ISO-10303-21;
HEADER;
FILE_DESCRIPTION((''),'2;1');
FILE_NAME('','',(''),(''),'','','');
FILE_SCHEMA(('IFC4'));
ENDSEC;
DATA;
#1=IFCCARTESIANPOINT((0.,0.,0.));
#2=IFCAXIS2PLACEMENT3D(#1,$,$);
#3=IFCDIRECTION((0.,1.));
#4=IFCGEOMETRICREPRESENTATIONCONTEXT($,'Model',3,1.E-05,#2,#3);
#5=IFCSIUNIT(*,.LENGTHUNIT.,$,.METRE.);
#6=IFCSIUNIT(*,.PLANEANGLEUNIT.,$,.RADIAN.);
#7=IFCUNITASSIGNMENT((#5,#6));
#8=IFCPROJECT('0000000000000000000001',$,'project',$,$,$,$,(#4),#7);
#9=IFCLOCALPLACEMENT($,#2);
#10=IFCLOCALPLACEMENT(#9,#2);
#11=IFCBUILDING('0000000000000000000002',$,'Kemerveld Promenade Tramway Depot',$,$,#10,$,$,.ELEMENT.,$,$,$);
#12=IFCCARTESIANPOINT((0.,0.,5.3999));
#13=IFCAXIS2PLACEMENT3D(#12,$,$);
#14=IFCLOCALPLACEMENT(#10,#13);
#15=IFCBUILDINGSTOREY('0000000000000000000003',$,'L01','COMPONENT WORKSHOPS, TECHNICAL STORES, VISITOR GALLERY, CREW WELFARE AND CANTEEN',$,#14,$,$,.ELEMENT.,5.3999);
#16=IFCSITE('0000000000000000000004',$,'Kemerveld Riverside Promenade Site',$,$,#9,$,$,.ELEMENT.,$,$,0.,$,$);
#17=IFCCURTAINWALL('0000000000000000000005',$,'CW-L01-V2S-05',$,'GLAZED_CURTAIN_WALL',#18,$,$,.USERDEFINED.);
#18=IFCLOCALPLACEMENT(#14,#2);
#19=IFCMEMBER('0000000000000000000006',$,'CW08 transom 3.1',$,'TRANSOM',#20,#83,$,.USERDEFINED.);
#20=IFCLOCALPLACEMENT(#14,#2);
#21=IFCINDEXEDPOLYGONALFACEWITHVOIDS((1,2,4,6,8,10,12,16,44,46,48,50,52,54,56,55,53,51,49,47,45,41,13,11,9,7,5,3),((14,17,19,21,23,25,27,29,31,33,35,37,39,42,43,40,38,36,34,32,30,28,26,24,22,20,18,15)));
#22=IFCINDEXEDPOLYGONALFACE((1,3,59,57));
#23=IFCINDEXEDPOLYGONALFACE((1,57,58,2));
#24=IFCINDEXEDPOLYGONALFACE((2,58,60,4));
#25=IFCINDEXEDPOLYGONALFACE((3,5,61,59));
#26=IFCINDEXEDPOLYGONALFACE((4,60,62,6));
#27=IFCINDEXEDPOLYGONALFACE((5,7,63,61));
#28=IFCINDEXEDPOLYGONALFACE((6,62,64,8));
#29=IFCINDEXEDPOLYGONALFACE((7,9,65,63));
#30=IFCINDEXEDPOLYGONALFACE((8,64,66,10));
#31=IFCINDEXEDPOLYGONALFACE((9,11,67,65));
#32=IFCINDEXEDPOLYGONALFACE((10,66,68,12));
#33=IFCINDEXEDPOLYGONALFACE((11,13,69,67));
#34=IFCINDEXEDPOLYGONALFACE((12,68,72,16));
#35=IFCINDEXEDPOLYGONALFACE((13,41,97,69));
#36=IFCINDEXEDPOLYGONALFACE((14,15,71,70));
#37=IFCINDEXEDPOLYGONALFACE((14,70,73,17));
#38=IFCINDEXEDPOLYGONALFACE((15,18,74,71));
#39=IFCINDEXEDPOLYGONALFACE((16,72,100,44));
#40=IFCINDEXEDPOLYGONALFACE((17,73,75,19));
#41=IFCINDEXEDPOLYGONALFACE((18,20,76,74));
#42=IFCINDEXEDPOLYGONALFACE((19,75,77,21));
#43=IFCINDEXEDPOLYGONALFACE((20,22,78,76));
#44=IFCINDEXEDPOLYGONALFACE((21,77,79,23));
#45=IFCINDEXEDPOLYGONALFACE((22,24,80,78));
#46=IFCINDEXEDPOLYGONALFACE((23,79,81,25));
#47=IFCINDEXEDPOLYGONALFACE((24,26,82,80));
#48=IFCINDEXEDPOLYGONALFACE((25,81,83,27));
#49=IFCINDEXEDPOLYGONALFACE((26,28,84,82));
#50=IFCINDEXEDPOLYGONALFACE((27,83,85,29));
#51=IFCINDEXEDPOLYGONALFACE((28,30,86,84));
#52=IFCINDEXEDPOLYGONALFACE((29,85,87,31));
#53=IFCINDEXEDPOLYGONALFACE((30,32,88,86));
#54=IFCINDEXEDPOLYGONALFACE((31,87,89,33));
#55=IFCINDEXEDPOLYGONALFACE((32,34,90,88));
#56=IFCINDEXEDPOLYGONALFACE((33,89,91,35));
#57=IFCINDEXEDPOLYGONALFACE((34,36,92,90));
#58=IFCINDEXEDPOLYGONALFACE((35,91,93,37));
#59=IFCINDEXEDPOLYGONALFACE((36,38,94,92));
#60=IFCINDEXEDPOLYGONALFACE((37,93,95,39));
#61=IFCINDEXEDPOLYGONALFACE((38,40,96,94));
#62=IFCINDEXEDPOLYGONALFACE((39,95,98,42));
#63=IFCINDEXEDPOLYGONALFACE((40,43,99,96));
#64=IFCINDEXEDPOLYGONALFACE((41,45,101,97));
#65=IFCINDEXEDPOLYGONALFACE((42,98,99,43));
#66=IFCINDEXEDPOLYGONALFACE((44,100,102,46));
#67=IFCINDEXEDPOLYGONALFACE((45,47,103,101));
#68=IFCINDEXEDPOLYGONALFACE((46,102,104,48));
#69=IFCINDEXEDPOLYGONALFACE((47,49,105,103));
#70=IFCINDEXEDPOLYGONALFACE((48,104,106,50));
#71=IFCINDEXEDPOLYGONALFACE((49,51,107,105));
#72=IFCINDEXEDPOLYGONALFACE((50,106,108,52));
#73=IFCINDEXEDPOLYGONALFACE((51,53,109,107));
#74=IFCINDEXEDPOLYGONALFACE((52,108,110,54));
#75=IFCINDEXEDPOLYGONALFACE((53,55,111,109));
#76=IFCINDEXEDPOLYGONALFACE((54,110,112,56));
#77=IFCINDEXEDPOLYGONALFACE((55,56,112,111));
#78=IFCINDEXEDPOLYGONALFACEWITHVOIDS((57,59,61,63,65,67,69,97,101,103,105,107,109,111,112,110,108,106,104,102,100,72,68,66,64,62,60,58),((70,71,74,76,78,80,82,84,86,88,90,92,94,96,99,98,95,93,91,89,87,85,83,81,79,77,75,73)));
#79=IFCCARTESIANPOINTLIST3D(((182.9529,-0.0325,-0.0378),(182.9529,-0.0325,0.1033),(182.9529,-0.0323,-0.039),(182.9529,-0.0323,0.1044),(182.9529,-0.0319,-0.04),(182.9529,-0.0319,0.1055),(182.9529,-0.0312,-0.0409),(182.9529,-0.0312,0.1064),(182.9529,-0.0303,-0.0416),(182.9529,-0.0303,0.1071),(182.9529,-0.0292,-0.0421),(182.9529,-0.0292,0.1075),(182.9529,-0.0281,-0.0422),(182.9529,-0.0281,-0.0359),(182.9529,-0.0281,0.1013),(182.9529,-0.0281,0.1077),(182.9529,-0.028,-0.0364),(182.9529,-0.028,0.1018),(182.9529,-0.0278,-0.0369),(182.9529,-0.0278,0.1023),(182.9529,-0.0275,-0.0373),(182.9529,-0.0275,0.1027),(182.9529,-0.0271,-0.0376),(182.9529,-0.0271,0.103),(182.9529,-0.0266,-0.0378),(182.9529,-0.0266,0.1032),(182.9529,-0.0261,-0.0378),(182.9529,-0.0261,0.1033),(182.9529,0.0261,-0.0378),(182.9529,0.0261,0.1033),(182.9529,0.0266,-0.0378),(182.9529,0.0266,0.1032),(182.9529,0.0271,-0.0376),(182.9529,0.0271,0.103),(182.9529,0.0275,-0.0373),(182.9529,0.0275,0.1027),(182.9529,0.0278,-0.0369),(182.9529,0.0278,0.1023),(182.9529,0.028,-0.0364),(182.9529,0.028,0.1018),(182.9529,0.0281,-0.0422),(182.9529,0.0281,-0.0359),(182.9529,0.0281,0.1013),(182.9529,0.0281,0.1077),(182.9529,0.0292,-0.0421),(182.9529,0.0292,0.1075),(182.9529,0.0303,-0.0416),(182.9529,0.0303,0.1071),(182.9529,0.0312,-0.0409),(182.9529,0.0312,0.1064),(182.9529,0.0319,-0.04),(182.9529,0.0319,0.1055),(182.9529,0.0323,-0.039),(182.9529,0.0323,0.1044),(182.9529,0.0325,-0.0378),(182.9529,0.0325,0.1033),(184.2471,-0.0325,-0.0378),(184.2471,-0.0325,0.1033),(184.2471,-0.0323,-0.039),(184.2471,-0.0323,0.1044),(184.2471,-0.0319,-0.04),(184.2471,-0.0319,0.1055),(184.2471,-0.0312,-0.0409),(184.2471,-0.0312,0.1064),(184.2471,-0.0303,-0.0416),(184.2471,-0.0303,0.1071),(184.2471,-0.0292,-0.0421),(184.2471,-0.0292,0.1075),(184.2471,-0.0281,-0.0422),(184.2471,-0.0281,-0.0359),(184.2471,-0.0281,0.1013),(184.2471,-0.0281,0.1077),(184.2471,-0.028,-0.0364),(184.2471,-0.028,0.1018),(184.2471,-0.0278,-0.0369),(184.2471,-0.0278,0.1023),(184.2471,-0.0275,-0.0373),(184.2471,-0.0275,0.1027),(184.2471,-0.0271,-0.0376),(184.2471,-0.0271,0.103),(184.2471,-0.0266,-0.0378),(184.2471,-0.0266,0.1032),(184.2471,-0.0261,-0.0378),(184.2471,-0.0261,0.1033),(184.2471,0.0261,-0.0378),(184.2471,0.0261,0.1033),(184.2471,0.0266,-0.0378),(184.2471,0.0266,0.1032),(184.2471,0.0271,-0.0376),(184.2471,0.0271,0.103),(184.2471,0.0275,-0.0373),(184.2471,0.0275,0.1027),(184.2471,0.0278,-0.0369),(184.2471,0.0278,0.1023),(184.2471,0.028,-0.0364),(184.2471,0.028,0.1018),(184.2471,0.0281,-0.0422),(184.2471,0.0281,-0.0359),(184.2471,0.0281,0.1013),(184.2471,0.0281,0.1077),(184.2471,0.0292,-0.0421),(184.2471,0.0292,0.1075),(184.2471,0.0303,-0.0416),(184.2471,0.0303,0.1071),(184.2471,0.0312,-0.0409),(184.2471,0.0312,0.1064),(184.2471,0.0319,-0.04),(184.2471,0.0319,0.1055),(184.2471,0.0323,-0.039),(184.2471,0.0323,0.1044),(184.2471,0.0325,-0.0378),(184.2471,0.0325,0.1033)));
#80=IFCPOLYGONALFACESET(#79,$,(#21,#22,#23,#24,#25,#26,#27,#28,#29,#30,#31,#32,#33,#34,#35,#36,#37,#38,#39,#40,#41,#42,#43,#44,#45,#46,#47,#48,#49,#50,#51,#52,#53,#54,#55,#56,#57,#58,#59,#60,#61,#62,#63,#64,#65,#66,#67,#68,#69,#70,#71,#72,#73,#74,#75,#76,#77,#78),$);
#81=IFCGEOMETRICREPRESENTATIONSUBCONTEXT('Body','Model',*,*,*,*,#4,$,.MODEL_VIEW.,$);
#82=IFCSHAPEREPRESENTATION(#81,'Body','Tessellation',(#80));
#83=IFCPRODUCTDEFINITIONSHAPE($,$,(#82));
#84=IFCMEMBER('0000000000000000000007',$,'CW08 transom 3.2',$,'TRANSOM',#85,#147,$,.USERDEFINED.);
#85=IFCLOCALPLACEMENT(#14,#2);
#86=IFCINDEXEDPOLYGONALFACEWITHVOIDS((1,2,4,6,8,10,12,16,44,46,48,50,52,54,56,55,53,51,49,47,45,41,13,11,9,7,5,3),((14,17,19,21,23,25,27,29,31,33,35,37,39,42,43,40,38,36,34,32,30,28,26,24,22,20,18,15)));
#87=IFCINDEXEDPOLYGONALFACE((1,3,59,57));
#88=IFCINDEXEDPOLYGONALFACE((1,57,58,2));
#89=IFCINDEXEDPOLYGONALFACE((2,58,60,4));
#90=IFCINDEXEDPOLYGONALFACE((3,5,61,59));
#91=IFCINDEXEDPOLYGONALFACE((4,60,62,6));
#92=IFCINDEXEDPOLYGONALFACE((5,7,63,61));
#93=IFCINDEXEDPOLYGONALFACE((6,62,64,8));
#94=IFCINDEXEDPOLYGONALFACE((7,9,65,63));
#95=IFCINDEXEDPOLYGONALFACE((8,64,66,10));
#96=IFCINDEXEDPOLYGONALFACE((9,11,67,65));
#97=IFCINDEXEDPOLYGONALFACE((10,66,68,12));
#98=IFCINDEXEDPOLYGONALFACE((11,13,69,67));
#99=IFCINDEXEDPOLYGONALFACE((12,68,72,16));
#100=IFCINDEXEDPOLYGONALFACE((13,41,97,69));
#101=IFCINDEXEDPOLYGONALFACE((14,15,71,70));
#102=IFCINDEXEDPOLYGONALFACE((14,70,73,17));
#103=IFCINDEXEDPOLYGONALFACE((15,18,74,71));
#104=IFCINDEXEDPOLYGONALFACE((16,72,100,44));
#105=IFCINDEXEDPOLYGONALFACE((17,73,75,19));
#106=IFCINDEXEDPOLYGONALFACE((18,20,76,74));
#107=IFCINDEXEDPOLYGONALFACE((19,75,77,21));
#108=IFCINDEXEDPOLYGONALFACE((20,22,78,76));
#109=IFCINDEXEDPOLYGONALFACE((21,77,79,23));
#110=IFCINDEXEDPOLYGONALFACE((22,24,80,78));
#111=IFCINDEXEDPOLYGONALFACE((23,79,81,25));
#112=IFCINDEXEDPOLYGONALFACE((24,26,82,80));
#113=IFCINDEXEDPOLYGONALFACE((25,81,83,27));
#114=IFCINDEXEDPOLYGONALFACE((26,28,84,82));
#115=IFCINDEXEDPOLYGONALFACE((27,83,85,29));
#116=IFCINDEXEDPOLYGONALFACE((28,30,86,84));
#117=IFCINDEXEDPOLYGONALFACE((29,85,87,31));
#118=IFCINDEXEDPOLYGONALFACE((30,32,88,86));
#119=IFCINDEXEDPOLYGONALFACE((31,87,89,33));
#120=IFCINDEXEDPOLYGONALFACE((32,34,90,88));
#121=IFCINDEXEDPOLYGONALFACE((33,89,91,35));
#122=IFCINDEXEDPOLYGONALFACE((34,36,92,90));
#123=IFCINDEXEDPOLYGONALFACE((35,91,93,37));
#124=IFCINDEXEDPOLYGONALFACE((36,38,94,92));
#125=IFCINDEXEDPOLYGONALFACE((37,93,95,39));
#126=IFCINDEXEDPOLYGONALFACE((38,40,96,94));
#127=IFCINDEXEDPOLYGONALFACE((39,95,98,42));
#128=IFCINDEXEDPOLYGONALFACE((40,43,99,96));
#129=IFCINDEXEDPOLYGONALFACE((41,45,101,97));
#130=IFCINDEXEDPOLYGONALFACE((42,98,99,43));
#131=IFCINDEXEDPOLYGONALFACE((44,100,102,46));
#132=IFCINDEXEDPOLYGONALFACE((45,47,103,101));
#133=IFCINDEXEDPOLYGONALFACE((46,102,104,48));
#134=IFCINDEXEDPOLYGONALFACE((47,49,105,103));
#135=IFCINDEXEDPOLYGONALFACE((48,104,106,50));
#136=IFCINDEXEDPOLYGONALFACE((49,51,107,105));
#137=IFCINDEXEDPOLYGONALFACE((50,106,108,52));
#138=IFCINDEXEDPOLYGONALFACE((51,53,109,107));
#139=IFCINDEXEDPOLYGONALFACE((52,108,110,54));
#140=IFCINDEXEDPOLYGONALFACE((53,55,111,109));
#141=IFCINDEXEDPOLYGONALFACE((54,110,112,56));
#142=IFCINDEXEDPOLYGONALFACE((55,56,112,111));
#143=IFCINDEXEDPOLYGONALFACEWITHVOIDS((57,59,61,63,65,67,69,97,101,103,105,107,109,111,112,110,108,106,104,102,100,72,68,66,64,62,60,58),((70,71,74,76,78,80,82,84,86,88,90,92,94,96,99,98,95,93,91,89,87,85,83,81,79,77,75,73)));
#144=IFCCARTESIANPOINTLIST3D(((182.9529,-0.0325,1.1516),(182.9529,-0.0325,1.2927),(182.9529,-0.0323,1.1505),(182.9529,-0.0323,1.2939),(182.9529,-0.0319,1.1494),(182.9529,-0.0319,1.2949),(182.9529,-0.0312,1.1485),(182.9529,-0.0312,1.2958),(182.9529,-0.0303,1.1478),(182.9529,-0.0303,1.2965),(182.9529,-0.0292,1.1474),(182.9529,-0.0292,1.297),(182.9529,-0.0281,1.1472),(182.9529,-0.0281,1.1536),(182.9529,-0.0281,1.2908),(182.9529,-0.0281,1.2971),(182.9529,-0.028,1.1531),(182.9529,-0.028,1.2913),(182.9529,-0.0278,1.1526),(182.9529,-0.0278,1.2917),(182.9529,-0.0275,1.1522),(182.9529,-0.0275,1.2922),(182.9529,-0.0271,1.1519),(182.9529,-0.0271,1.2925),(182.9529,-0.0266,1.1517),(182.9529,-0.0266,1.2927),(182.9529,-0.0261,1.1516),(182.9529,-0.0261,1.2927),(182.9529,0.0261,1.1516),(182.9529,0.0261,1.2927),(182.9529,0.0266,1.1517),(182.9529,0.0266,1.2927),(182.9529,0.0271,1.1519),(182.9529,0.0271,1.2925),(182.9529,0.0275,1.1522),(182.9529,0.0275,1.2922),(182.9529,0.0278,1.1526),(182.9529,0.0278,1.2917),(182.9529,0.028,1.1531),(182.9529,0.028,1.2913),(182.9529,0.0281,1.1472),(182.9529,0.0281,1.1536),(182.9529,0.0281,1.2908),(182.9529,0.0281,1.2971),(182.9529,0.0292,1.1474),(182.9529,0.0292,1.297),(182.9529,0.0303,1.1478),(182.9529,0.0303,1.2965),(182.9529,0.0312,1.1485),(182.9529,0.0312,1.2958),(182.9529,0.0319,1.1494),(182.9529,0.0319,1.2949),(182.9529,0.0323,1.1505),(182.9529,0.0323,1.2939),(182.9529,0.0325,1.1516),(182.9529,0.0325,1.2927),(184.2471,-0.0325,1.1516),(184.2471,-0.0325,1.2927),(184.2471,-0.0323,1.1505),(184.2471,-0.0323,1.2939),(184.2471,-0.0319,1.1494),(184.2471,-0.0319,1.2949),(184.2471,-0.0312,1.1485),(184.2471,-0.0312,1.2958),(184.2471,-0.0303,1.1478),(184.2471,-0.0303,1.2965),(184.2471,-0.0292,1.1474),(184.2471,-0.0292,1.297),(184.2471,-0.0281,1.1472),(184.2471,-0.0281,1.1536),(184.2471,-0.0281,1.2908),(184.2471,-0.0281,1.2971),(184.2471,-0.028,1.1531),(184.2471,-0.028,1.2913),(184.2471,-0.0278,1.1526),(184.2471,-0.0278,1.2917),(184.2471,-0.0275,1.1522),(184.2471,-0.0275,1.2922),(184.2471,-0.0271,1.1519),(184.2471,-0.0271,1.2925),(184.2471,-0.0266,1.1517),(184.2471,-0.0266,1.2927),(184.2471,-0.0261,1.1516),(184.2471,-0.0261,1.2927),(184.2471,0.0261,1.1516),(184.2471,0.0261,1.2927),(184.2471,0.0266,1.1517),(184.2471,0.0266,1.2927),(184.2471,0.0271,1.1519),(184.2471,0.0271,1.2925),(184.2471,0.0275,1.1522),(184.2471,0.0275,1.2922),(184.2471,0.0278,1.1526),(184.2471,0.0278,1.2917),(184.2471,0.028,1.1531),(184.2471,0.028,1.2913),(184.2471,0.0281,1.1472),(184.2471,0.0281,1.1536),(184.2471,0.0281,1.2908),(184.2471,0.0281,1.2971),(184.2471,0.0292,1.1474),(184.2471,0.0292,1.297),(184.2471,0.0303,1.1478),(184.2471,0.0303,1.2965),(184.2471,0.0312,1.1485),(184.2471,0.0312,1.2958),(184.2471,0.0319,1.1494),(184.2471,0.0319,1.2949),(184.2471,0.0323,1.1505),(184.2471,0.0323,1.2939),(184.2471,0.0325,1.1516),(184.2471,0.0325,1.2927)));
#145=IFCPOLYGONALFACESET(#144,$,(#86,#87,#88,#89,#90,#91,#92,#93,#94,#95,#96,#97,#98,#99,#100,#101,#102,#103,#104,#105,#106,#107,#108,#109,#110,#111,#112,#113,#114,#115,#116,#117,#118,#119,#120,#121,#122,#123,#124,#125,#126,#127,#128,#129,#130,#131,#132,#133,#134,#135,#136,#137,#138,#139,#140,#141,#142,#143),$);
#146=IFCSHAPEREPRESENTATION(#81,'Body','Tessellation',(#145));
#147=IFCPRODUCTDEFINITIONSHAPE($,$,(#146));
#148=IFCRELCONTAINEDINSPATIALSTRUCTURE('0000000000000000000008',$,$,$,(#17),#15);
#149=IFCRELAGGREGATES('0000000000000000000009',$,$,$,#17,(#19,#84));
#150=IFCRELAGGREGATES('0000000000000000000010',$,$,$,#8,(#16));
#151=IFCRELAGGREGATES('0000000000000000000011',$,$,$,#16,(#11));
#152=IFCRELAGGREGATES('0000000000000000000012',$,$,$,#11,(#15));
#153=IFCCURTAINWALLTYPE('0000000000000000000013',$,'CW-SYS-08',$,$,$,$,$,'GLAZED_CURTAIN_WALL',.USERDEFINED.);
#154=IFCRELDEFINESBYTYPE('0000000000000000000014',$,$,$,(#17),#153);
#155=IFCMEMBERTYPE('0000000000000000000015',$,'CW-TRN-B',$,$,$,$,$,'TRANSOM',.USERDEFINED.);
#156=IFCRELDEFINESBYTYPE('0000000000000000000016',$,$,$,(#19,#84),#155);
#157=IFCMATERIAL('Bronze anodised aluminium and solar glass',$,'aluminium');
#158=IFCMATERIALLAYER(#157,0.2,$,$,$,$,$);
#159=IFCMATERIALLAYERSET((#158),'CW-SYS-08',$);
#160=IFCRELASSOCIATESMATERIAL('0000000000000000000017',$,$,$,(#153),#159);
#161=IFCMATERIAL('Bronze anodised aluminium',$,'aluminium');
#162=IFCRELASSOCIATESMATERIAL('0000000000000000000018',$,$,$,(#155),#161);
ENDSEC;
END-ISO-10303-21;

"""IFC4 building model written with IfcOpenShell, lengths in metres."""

from ifc_helpers import new_model, si_unit, direction, frame, origin, origin_2d, place, context, subcontext, project, spatial, hollow_rectangle, extrude, material, layer, layer_set, material_profile, profile_set, type_object, element, aggregate, save


model = new_model("IFC4")

# Units and contexts
model_context = context("Model", 3, precision=1e-05, world=origin(), true_north=direction((0.0, 1.0)))
body_context = subcontext(model_context, "Body", "Model", "MODEL_VIEW")
ifc_project = project(units=[si_unit("LENGTHUNIT", "METRE"), si_unit("PLANEANGLEUNIT", "RADIAN")], contexts=[model_context])

# Site, building, storey
site_placement = place(None, origin())
site = spatial("IfcSite", under=ifc_project, at=site_placement, Name="Kemerveld Riverside Promenade Site", CompositionType="ELEMENT", RefElevation=0.0)
building_placement = place(site_placement, origin())
building = spatial("IfcBuilding", under=site, at=building_placement, Name="Kemerveld Promenade Tramway Depot", CompositionType="ELEMENT")
storey_placement = place(building_placement, frame((0.0, 0.0, 5.3999)))
storey = spatial("IfcBuildingStorey", under=building, at=storey_placement, Name="L01", Description="COMPONENT WORKSHOPS, TECHNICAL STORES, VISITOR GALLERY, CREW WELFARE AND CANTEEN", CompositionType="ELEMENT", Elevation=5.3999)

# Curtain wall, members
ifc_material_1 = material(Name="Bronze anodised aluminium and solar glass", Category="aluminium")
ifc_layer_1 = layer(ifc_material_1, 0.2)
ifc_layer_set_1 = layer_set([ifc_layer_1], Name="CW-SYS-08")
curtain_wall_type = type_object("IfcCurtainWallType", Name="CW-SYS-08", ElementType="GLAZED_CURTAIN_WALL", PredefinedType="USERDEFINED", material=ifc_layer_set_1)
curtain_wall_placement = place(storey_placement, origin())
curtain_wall = element("IfcCurtainWall", 1, at=curtain_wall_placement, inside=storey, type_object=curtain_wall_type, Name="CW-L01-V2S-05", ObjectType="GLAZED_CURTAIN_WALL", PredefinedType="USERDEFINED")
ifc_material_2 = material(Name="Bronze anodised aluminium", Category="aluminium")
ifc_material_profile_1 = material_profile(ifc_material_2, hollow_rectangle(XDim=0.0649, YDim=0.1499, WallThickness=0.0044, InnerFilletRadius=0.002, OuterFilletRadius=0.0044, at=origin_2d()), Name="CW-TRN-150x65")
ifc_profile_set_1 = profile_set([ifc_material_profile_1], Name="Bronze anodised aluminium")
member_type_1 = type_object("IfcMemberType", Name="CW-TRN-B", ElementType="TRANSOM", PredefinedType="USERDEFINED", material=ifc_profile_set_1)
member_1_placement = place(storey_placement, frame((184.2471, 0.0, 0.0327), z_axis=(-1.0, 0.0, 0.0), x_axis=(0.0, -1.0, 0.0)))
member_1 = element("IfcMember", 2, at=member_1_placement, type_object=member_type_1, Name="CW08 transom 3.1", ObjectType="TRANSOM", PredefinedType="USERDEFINED", context=body_context, shape_type="SweptSolid", body=[
    extrude(hollow_rectangle(XDim=0.0649, YDim=0.1499, WallThickness=0.0044, InnerFilletRadius=0.002, OuterFilletRadius=0.0044, at=origin_2d()), origin(), (0.0, 0.0, 1.0), 1.2942),
])
member_2_placement = place(storey_placement, frame((184.2471, 0.0, 1.2222), z_axis=(-1.0, 0.0, 0.0), x_axis=(0.0, -1.0, 0.0)))
member_2 = element("IfcMember", 3, at=member_2_placement, type_object=member_type_1, Name="CW08 transom 3.2", ObjectType="TRANSOM", PredefinedType="USERDEFINED", context=body_context, shape_type="SweptSolid", body=[
    extrude(hollow_rectangle(XDim=0.0649, YDim=0.1499, WallThickness=0.0044, InnerFilletRadius=0.002, OuterFilletRadius=0.0044, at=origin_2d()), origin(), (0.0, 0.0, 1.0), 1.2942),
])
aggregate(curtain_wall, [member_1, member_2])

save(model, "model.ifc")
